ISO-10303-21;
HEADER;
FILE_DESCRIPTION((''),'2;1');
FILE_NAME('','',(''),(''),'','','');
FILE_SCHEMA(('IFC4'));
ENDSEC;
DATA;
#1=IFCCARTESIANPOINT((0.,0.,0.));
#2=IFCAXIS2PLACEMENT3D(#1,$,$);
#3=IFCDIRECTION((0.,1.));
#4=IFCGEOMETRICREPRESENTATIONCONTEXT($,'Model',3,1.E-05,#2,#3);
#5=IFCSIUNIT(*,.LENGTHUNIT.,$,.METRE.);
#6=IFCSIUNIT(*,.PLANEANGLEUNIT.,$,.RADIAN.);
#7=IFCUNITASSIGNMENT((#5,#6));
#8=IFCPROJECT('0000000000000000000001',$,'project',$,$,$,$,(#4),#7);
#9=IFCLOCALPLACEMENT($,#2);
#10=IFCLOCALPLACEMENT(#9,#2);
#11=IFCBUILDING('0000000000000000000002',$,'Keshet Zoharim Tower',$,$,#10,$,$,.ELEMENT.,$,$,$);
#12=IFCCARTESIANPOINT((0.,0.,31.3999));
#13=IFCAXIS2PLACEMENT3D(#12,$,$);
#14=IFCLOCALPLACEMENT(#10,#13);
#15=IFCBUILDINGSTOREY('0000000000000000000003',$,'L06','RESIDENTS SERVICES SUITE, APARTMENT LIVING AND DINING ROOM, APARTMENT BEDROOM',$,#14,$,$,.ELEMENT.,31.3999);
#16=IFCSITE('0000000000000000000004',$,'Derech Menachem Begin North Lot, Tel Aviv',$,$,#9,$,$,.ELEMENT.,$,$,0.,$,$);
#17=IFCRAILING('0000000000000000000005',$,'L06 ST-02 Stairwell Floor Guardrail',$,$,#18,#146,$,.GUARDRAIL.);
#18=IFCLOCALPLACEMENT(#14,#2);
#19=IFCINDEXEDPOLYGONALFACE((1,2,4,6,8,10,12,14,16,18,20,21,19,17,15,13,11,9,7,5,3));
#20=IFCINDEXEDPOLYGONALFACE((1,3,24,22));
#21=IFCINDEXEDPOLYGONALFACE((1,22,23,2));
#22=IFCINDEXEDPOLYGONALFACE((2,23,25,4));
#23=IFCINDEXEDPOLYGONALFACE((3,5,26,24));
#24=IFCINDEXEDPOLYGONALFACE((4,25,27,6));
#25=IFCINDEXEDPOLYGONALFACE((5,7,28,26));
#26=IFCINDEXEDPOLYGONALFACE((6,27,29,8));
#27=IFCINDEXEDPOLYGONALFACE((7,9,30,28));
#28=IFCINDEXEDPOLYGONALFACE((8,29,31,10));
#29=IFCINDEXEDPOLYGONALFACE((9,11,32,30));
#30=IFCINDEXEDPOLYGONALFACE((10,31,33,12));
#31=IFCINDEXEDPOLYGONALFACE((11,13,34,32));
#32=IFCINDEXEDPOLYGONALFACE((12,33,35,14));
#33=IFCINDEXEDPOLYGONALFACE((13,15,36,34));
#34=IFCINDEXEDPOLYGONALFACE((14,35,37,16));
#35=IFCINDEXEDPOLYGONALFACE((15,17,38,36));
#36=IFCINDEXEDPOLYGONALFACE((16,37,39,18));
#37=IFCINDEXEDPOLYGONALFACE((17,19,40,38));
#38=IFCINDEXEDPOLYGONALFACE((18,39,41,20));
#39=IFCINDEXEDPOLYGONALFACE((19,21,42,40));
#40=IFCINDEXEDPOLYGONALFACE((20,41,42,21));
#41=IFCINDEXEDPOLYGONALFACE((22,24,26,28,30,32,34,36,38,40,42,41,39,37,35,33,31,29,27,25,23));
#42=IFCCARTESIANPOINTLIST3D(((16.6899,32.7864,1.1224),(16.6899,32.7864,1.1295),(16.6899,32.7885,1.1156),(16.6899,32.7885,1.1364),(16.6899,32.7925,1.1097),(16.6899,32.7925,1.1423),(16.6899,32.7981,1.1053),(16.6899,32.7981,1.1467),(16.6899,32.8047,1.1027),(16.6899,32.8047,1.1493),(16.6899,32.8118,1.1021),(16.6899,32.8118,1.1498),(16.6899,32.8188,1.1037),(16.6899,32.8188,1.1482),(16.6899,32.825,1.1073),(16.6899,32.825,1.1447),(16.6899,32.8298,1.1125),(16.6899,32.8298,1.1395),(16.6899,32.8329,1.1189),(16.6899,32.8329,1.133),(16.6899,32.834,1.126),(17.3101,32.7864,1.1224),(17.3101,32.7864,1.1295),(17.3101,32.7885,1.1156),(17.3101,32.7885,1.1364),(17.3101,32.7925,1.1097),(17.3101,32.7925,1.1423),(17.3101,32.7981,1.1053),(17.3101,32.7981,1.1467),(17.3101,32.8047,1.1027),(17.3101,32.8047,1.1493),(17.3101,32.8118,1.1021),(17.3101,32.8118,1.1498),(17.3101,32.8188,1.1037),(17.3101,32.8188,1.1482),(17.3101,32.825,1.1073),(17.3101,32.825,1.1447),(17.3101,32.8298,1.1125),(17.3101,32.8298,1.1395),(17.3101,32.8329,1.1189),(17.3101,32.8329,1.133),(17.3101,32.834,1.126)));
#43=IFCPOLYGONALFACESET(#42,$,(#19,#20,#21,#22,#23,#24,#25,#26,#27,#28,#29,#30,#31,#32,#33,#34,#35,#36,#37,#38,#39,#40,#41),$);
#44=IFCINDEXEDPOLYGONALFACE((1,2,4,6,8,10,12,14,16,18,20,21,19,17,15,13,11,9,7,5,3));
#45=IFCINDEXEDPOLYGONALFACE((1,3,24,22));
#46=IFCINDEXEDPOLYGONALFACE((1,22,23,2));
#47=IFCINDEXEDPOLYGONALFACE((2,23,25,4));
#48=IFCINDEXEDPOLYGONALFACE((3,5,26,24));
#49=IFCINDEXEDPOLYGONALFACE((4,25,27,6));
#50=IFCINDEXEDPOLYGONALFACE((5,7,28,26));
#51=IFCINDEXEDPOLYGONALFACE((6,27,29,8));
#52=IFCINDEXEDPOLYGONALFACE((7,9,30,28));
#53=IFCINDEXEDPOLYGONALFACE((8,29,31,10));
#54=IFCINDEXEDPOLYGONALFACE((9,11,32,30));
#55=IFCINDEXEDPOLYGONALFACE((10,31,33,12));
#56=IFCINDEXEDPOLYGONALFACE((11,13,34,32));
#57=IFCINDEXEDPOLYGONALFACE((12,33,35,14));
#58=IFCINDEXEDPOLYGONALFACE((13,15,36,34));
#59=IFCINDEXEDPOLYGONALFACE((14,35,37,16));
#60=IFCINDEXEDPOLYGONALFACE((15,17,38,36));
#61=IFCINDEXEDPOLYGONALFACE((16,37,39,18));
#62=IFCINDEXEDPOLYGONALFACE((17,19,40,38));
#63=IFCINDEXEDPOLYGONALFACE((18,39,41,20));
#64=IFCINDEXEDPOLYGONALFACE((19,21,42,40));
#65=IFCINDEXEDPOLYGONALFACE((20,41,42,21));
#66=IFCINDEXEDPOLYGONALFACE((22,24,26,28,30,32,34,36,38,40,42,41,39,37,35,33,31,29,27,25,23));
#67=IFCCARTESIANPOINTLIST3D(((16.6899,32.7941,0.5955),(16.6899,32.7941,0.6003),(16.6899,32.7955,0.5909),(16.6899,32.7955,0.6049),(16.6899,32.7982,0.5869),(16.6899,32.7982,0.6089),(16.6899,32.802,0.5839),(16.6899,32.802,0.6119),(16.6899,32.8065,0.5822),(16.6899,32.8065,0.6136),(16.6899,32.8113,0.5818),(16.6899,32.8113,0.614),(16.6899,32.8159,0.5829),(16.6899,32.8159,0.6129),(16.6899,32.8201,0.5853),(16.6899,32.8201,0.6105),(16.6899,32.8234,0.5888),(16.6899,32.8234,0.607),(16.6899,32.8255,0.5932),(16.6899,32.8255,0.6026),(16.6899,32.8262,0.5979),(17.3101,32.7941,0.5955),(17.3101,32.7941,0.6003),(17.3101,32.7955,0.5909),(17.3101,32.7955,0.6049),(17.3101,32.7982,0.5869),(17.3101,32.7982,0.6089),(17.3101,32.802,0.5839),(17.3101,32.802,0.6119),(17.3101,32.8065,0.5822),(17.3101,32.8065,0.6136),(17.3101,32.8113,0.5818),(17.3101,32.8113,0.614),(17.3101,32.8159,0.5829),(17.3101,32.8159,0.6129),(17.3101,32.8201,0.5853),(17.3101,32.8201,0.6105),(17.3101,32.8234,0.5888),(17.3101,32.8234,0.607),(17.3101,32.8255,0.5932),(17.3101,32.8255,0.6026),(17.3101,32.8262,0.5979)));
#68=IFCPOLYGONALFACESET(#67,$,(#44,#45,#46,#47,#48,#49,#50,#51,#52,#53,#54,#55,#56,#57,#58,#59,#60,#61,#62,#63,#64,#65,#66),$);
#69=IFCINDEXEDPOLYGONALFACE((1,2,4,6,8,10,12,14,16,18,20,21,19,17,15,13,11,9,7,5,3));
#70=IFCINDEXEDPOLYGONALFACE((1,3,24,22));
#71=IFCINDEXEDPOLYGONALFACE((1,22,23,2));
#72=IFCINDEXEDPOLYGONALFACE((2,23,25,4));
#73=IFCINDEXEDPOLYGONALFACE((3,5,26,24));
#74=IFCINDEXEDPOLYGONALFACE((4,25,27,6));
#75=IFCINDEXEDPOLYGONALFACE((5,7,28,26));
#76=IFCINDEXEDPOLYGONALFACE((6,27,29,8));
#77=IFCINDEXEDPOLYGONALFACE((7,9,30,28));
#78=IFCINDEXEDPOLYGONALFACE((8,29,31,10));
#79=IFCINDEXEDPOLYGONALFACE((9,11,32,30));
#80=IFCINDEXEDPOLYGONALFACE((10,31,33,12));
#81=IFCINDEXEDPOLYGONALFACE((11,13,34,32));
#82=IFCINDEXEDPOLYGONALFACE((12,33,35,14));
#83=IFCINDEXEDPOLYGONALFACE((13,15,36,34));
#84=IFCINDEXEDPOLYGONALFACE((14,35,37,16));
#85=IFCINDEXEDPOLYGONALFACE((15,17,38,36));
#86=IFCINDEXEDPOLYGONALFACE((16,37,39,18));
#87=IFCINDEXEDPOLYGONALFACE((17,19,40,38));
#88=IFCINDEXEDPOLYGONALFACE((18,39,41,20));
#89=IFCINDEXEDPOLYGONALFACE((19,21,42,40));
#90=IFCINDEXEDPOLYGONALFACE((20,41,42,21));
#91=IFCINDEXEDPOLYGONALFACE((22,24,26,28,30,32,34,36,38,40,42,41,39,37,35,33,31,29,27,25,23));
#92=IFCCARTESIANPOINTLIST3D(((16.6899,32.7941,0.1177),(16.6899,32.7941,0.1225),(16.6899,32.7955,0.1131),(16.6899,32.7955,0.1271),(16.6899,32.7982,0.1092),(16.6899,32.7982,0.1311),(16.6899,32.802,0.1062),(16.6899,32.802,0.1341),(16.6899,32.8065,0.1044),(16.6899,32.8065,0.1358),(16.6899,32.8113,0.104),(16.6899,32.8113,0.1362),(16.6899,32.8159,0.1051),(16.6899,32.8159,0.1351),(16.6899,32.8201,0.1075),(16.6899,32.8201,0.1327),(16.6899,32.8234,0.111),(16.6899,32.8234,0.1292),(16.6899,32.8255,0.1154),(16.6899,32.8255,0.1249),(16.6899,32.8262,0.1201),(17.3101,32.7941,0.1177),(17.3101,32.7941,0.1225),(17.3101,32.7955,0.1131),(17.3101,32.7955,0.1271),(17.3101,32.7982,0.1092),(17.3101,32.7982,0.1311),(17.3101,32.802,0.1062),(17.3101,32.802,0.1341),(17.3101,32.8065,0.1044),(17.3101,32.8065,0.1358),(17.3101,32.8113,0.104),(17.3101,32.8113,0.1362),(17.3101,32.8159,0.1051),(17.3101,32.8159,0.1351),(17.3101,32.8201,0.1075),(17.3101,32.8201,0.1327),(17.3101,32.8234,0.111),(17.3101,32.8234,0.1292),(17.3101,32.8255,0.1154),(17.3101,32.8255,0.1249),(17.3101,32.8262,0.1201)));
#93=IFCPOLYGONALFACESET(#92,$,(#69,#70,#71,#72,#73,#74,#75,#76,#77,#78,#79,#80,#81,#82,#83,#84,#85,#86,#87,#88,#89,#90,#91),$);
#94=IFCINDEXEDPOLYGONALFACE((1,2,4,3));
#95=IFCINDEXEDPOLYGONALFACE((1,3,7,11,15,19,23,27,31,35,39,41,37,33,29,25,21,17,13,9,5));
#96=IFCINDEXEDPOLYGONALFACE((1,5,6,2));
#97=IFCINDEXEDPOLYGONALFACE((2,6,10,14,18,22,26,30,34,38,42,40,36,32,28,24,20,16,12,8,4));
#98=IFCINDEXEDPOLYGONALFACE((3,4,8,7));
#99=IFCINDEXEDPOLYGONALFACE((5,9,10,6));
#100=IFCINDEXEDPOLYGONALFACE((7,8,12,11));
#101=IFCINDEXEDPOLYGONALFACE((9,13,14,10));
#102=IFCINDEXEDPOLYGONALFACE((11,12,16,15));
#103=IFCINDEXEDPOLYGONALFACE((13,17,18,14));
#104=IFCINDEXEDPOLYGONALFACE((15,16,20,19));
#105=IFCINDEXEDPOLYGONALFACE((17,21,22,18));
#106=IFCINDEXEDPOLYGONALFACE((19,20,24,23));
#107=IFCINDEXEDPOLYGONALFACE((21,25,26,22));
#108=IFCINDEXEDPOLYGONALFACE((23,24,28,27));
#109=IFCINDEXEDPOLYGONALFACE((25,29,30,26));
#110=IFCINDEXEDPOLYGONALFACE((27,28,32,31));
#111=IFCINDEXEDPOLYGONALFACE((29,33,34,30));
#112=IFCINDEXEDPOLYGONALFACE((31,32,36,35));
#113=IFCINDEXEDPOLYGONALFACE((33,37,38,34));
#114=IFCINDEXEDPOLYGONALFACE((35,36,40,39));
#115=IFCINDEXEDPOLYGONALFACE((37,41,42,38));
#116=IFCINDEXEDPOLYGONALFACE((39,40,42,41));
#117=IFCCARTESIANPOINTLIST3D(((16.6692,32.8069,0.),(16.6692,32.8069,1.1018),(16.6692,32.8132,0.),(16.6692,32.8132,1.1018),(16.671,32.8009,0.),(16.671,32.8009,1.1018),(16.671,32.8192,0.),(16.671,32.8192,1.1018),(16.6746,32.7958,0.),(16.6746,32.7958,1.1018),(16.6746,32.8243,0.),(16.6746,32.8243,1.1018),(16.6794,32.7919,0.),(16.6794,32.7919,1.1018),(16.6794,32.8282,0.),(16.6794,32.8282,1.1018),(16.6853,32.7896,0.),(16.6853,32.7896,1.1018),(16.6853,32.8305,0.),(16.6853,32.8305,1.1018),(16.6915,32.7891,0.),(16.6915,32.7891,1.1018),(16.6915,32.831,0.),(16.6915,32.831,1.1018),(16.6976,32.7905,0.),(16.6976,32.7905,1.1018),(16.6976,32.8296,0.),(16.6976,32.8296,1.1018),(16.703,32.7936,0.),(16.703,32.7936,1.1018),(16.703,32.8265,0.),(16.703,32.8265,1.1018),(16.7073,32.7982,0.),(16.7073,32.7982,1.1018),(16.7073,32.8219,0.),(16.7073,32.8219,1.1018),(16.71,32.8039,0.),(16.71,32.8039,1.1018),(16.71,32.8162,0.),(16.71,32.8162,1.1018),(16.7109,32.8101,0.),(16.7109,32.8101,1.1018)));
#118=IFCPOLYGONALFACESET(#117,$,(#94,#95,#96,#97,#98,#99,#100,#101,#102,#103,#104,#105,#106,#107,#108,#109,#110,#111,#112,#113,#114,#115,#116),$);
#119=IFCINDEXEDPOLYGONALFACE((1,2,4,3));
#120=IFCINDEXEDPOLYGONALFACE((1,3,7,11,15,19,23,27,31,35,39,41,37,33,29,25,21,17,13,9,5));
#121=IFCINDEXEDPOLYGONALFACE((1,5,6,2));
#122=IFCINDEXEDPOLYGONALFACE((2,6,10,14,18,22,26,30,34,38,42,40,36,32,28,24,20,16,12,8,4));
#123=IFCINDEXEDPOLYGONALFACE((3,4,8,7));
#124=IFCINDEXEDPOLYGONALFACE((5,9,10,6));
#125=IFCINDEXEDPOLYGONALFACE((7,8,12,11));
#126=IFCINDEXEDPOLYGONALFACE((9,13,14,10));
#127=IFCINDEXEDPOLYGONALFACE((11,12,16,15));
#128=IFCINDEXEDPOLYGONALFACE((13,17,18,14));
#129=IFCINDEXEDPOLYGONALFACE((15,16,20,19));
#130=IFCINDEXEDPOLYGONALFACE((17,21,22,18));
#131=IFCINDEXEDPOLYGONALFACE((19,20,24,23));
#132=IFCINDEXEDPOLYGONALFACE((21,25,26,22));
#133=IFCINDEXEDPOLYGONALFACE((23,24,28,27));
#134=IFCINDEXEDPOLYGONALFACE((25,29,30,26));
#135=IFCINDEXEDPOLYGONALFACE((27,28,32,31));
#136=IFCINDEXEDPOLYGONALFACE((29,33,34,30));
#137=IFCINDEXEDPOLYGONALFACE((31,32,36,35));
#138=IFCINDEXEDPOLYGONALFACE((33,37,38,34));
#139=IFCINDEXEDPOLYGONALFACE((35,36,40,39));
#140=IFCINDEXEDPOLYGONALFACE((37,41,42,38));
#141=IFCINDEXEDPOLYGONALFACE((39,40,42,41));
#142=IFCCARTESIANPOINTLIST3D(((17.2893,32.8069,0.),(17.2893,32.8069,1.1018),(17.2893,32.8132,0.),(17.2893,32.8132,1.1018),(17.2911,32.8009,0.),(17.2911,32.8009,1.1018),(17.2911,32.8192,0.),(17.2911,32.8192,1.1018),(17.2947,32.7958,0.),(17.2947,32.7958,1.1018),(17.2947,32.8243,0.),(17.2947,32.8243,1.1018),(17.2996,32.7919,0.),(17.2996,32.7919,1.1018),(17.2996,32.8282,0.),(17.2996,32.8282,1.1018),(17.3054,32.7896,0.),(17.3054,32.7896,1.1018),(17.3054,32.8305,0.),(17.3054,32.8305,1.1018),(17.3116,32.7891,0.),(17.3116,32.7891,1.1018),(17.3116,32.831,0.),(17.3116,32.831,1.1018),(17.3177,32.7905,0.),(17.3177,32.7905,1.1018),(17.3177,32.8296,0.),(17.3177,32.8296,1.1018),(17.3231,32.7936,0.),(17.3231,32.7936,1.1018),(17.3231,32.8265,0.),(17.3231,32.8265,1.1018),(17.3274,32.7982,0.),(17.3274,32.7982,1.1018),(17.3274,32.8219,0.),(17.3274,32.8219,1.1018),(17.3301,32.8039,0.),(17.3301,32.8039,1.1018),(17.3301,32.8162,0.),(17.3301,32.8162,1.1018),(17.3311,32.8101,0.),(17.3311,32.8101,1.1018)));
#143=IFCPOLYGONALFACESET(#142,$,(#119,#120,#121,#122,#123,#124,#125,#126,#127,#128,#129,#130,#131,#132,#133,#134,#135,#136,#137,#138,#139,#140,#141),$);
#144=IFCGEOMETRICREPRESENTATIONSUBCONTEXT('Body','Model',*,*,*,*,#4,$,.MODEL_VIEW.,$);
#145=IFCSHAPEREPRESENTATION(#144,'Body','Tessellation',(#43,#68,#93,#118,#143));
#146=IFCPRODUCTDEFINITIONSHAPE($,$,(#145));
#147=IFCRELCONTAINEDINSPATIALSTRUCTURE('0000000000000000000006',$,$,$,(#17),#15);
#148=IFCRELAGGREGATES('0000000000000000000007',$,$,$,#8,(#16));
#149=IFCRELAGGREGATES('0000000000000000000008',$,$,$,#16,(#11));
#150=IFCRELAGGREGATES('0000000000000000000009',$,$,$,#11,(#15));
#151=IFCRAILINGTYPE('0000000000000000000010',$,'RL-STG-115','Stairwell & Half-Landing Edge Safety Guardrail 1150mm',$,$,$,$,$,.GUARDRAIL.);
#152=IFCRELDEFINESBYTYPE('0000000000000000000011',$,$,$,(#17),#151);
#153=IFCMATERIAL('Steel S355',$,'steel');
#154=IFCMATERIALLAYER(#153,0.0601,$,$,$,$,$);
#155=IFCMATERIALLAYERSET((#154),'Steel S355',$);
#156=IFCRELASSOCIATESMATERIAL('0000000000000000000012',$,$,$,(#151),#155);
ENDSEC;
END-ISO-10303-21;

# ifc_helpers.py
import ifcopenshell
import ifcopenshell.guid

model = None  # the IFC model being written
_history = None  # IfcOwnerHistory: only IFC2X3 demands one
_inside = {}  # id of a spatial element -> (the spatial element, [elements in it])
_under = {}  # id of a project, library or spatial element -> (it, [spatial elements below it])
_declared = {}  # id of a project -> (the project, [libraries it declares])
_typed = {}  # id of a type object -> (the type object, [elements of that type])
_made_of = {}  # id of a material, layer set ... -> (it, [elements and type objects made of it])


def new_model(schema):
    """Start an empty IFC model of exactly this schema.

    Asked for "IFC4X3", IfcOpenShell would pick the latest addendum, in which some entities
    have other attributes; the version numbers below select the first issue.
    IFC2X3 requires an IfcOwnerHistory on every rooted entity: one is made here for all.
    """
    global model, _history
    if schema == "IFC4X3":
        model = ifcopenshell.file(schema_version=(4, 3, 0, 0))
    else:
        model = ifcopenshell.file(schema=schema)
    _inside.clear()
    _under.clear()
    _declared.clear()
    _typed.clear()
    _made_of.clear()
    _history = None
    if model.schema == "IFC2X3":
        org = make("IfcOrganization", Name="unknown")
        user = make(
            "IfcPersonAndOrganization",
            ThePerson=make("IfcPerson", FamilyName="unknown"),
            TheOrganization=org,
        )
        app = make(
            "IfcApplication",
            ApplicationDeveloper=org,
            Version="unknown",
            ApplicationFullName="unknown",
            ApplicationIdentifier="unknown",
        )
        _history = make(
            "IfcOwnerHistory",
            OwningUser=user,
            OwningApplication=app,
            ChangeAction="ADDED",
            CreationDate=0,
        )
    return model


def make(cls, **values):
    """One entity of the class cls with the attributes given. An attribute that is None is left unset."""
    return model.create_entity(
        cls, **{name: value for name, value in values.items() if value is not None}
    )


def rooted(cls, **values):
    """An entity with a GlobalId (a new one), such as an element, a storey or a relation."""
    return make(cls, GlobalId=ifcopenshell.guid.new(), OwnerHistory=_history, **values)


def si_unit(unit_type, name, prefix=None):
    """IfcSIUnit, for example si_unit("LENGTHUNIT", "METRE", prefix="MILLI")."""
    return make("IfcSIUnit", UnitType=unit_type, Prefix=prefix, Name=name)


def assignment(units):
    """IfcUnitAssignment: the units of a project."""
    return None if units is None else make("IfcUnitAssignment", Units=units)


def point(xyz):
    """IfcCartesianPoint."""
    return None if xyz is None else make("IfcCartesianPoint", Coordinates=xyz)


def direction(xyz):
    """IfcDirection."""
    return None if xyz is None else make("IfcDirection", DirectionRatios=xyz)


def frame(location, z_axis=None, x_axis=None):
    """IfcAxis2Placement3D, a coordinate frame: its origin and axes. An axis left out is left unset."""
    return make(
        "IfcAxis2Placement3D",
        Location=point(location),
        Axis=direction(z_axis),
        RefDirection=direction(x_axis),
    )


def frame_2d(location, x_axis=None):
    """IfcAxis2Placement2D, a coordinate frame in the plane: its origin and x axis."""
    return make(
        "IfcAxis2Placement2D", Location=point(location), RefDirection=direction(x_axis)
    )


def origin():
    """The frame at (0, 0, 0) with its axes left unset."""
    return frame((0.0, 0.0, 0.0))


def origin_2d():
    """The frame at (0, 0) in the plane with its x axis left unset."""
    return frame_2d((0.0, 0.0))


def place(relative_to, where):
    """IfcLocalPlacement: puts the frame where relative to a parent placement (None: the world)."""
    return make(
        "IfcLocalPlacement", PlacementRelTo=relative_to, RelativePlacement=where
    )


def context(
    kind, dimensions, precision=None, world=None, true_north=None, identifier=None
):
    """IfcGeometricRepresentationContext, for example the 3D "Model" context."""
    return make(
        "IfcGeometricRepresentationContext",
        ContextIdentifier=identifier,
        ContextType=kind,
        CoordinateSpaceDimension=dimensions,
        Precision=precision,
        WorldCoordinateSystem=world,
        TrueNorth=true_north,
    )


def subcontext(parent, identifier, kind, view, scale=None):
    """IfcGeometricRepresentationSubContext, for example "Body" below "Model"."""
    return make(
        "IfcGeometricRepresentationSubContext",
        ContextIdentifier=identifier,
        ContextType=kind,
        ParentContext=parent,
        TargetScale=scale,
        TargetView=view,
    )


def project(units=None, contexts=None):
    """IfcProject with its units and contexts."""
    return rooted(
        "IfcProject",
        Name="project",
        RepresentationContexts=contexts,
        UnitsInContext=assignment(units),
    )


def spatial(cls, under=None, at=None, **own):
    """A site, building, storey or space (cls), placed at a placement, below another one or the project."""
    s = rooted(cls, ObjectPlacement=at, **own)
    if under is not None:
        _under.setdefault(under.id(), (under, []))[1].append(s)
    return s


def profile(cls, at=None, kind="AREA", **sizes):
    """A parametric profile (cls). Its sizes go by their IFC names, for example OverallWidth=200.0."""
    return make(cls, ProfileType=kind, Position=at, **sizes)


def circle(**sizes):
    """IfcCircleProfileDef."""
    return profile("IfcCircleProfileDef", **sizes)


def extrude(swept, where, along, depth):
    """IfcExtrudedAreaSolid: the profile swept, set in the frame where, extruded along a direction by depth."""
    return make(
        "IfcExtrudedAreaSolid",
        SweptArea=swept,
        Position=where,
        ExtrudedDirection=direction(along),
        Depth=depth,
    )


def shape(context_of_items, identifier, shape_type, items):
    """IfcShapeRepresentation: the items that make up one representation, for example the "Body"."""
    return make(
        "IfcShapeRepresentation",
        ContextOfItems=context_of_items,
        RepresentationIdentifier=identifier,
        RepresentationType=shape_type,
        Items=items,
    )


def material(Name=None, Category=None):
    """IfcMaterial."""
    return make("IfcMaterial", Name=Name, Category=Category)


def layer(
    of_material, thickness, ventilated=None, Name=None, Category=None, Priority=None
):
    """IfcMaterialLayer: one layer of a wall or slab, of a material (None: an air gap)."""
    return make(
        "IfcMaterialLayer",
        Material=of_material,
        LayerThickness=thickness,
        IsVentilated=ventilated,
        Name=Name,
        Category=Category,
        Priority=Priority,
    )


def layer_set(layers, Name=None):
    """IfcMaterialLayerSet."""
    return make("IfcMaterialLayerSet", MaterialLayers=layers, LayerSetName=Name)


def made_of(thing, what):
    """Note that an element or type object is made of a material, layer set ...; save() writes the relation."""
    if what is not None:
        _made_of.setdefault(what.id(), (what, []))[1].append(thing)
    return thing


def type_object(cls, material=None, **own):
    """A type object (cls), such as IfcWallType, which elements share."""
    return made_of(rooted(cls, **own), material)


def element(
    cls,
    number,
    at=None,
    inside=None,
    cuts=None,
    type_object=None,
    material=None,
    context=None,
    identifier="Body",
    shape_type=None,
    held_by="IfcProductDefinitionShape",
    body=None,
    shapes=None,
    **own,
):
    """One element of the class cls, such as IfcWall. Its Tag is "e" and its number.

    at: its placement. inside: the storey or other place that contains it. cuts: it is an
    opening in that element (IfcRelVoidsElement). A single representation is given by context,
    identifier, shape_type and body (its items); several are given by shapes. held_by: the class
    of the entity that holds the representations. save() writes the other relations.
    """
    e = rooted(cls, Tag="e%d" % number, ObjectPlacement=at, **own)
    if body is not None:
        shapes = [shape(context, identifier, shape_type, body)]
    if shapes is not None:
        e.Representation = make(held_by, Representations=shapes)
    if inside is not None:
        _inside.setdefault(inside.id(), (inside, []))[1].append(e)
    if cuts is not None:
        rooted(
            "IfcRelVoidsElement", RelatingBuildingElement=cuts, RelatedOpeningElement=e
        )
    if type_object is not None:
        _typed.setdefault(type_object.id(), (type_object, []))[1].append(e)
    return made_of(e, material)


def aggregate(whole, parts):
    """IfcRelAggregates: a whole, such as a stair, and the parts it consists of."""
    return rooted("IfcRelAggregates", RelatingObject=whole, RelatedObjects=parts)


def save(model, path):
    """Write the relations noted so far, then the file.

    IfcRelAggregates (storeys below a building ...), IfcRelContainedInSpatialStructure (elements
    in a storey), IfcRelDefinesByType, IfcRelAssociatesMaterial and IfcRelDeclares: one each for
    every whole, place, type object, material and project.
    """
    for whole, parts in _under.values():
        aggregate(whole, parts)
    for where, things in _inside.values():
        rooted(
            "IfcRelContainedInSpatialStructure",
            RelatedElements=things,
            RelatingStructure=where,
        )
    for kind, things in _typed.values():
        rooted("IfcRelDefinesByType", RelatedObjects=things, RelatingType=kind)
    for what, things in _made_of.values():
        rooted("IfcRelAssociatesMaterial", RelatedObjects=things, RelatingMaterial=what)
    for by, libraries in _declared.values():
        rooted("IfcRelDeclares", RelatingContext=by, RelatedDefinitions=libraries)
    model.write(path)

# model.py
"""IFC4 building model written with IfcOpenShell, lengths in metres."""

from ifc_helpers import new_model, si_unit, direction, frame, origin, origin_2d, place, context, subcontext, project, spatial, circle, extrude, material, layer, layer_set, type_object, element, save


model = new_model("IFC4")

# Units and contexts
model_context = context("Model", 3, precision=1e-05, world=origin(), true_north=direction((0.0, 1.0)))
body_context = subcontext(model_context, "Body", "Model", "MODEL_VIEW")
ifc_project = project(units=[si_unit("LENGTHUNIT", "METRE"), si_unit("PLANEANGLEUNIT", "RADIAN")], contexts=[model_context])

# Site, building, storey
site_placement = place(None, origin())
site = spatial("IfcSite", under=ifc_project, at=site_placement, Name="Derech Menachem Begin North Lot, Tel Aviv", CompositionType="ELEMENT", RefElevation=0.0)
building_placement = place(site_placement, origin())
building = spatial("IfcBuilding", under=site, at=building_placement, Name="Keshet Zoharim Tower", CompositionType="ELEMENT")
storey_placement = place(building_placement, frame((0.0, 0.0, 31.3999)))
storey = spatial("IfcBuildingStorey", under=building, at=storey_placement, Name="L06", Description="RESIDENTS SERVICES SUITE, APARTMENT LIVING AND DINING ROOM, APARTMENT BEDROOM", CompositionType="ELEMENT", Elevation=31.3999)

# Railing
ifc_material_1 = material(Name="Steel S355", Category="steel")
ifc_layer_1 = layer(ifc_material_1, 0.0601)
ifc_layer_set_1 = layer_set([ifc_layer_1], Name="Steel S355")
railing_type_1 = type_object("IfcRailingType", Name="RL-STG-115", Description="Stairwell & Half-Landing Edge Safety Guardrail 1150mm", PredefinedType="GUARDRAIL", material=ifc_layer_set_1)
railing_1_placement = place(storey_placement, frame((16.6899, 32.8101, 0.0)))
element("IfcRailing", 1, at=railing_1_placement, inside=storey, type_object=railing_type_1, Name="L06 ST-02 Stairwell Floor Guardrail", PredefinedType="GUARDRAIL", context=body_context, shape_type="SweptSolid", body=[
    extrude(circle(Radius=0.0239, at=origin_2d()), frame((0.0, 0.0, 1.126), z_axis=(1.0, 0.0, 0.0), x_axis=(0.0, 1.0, 0.0)), (0.0, 0.0, 1.0), 0.6201),
    extrude(circle(Radius=0.0161, at=origin_2d()), frame((0.0, 0.0, 0.5979), z_axis=(1.0, 0.0, 0.0), x_axis=(0.0, 1.0, 0.0)), (0.0, 0.0, 1.0), 0.6201),
    extrude(circle(Radius=0.0161, at=origin_2d()), frame((0.0, 0.0, 0.1201), z_axis=(1.0, 0.0, 0.0), x_axis=(0.0, 1.0, 0.0)), (0.0, 0.0, 1.0), 0.6201),
    extrude(circle(Radius=0.021, at=origin_2d()), origin(), (0.0, 0.0, 1.0), 1.1018),
    extrude(circle(Radius=0.021, at=origin_2d()), frame((0.6201, 0.0, 0.0)), (0.0, 0.0, 1.0), 1.1018),
])

save(model, "model.ifc")
